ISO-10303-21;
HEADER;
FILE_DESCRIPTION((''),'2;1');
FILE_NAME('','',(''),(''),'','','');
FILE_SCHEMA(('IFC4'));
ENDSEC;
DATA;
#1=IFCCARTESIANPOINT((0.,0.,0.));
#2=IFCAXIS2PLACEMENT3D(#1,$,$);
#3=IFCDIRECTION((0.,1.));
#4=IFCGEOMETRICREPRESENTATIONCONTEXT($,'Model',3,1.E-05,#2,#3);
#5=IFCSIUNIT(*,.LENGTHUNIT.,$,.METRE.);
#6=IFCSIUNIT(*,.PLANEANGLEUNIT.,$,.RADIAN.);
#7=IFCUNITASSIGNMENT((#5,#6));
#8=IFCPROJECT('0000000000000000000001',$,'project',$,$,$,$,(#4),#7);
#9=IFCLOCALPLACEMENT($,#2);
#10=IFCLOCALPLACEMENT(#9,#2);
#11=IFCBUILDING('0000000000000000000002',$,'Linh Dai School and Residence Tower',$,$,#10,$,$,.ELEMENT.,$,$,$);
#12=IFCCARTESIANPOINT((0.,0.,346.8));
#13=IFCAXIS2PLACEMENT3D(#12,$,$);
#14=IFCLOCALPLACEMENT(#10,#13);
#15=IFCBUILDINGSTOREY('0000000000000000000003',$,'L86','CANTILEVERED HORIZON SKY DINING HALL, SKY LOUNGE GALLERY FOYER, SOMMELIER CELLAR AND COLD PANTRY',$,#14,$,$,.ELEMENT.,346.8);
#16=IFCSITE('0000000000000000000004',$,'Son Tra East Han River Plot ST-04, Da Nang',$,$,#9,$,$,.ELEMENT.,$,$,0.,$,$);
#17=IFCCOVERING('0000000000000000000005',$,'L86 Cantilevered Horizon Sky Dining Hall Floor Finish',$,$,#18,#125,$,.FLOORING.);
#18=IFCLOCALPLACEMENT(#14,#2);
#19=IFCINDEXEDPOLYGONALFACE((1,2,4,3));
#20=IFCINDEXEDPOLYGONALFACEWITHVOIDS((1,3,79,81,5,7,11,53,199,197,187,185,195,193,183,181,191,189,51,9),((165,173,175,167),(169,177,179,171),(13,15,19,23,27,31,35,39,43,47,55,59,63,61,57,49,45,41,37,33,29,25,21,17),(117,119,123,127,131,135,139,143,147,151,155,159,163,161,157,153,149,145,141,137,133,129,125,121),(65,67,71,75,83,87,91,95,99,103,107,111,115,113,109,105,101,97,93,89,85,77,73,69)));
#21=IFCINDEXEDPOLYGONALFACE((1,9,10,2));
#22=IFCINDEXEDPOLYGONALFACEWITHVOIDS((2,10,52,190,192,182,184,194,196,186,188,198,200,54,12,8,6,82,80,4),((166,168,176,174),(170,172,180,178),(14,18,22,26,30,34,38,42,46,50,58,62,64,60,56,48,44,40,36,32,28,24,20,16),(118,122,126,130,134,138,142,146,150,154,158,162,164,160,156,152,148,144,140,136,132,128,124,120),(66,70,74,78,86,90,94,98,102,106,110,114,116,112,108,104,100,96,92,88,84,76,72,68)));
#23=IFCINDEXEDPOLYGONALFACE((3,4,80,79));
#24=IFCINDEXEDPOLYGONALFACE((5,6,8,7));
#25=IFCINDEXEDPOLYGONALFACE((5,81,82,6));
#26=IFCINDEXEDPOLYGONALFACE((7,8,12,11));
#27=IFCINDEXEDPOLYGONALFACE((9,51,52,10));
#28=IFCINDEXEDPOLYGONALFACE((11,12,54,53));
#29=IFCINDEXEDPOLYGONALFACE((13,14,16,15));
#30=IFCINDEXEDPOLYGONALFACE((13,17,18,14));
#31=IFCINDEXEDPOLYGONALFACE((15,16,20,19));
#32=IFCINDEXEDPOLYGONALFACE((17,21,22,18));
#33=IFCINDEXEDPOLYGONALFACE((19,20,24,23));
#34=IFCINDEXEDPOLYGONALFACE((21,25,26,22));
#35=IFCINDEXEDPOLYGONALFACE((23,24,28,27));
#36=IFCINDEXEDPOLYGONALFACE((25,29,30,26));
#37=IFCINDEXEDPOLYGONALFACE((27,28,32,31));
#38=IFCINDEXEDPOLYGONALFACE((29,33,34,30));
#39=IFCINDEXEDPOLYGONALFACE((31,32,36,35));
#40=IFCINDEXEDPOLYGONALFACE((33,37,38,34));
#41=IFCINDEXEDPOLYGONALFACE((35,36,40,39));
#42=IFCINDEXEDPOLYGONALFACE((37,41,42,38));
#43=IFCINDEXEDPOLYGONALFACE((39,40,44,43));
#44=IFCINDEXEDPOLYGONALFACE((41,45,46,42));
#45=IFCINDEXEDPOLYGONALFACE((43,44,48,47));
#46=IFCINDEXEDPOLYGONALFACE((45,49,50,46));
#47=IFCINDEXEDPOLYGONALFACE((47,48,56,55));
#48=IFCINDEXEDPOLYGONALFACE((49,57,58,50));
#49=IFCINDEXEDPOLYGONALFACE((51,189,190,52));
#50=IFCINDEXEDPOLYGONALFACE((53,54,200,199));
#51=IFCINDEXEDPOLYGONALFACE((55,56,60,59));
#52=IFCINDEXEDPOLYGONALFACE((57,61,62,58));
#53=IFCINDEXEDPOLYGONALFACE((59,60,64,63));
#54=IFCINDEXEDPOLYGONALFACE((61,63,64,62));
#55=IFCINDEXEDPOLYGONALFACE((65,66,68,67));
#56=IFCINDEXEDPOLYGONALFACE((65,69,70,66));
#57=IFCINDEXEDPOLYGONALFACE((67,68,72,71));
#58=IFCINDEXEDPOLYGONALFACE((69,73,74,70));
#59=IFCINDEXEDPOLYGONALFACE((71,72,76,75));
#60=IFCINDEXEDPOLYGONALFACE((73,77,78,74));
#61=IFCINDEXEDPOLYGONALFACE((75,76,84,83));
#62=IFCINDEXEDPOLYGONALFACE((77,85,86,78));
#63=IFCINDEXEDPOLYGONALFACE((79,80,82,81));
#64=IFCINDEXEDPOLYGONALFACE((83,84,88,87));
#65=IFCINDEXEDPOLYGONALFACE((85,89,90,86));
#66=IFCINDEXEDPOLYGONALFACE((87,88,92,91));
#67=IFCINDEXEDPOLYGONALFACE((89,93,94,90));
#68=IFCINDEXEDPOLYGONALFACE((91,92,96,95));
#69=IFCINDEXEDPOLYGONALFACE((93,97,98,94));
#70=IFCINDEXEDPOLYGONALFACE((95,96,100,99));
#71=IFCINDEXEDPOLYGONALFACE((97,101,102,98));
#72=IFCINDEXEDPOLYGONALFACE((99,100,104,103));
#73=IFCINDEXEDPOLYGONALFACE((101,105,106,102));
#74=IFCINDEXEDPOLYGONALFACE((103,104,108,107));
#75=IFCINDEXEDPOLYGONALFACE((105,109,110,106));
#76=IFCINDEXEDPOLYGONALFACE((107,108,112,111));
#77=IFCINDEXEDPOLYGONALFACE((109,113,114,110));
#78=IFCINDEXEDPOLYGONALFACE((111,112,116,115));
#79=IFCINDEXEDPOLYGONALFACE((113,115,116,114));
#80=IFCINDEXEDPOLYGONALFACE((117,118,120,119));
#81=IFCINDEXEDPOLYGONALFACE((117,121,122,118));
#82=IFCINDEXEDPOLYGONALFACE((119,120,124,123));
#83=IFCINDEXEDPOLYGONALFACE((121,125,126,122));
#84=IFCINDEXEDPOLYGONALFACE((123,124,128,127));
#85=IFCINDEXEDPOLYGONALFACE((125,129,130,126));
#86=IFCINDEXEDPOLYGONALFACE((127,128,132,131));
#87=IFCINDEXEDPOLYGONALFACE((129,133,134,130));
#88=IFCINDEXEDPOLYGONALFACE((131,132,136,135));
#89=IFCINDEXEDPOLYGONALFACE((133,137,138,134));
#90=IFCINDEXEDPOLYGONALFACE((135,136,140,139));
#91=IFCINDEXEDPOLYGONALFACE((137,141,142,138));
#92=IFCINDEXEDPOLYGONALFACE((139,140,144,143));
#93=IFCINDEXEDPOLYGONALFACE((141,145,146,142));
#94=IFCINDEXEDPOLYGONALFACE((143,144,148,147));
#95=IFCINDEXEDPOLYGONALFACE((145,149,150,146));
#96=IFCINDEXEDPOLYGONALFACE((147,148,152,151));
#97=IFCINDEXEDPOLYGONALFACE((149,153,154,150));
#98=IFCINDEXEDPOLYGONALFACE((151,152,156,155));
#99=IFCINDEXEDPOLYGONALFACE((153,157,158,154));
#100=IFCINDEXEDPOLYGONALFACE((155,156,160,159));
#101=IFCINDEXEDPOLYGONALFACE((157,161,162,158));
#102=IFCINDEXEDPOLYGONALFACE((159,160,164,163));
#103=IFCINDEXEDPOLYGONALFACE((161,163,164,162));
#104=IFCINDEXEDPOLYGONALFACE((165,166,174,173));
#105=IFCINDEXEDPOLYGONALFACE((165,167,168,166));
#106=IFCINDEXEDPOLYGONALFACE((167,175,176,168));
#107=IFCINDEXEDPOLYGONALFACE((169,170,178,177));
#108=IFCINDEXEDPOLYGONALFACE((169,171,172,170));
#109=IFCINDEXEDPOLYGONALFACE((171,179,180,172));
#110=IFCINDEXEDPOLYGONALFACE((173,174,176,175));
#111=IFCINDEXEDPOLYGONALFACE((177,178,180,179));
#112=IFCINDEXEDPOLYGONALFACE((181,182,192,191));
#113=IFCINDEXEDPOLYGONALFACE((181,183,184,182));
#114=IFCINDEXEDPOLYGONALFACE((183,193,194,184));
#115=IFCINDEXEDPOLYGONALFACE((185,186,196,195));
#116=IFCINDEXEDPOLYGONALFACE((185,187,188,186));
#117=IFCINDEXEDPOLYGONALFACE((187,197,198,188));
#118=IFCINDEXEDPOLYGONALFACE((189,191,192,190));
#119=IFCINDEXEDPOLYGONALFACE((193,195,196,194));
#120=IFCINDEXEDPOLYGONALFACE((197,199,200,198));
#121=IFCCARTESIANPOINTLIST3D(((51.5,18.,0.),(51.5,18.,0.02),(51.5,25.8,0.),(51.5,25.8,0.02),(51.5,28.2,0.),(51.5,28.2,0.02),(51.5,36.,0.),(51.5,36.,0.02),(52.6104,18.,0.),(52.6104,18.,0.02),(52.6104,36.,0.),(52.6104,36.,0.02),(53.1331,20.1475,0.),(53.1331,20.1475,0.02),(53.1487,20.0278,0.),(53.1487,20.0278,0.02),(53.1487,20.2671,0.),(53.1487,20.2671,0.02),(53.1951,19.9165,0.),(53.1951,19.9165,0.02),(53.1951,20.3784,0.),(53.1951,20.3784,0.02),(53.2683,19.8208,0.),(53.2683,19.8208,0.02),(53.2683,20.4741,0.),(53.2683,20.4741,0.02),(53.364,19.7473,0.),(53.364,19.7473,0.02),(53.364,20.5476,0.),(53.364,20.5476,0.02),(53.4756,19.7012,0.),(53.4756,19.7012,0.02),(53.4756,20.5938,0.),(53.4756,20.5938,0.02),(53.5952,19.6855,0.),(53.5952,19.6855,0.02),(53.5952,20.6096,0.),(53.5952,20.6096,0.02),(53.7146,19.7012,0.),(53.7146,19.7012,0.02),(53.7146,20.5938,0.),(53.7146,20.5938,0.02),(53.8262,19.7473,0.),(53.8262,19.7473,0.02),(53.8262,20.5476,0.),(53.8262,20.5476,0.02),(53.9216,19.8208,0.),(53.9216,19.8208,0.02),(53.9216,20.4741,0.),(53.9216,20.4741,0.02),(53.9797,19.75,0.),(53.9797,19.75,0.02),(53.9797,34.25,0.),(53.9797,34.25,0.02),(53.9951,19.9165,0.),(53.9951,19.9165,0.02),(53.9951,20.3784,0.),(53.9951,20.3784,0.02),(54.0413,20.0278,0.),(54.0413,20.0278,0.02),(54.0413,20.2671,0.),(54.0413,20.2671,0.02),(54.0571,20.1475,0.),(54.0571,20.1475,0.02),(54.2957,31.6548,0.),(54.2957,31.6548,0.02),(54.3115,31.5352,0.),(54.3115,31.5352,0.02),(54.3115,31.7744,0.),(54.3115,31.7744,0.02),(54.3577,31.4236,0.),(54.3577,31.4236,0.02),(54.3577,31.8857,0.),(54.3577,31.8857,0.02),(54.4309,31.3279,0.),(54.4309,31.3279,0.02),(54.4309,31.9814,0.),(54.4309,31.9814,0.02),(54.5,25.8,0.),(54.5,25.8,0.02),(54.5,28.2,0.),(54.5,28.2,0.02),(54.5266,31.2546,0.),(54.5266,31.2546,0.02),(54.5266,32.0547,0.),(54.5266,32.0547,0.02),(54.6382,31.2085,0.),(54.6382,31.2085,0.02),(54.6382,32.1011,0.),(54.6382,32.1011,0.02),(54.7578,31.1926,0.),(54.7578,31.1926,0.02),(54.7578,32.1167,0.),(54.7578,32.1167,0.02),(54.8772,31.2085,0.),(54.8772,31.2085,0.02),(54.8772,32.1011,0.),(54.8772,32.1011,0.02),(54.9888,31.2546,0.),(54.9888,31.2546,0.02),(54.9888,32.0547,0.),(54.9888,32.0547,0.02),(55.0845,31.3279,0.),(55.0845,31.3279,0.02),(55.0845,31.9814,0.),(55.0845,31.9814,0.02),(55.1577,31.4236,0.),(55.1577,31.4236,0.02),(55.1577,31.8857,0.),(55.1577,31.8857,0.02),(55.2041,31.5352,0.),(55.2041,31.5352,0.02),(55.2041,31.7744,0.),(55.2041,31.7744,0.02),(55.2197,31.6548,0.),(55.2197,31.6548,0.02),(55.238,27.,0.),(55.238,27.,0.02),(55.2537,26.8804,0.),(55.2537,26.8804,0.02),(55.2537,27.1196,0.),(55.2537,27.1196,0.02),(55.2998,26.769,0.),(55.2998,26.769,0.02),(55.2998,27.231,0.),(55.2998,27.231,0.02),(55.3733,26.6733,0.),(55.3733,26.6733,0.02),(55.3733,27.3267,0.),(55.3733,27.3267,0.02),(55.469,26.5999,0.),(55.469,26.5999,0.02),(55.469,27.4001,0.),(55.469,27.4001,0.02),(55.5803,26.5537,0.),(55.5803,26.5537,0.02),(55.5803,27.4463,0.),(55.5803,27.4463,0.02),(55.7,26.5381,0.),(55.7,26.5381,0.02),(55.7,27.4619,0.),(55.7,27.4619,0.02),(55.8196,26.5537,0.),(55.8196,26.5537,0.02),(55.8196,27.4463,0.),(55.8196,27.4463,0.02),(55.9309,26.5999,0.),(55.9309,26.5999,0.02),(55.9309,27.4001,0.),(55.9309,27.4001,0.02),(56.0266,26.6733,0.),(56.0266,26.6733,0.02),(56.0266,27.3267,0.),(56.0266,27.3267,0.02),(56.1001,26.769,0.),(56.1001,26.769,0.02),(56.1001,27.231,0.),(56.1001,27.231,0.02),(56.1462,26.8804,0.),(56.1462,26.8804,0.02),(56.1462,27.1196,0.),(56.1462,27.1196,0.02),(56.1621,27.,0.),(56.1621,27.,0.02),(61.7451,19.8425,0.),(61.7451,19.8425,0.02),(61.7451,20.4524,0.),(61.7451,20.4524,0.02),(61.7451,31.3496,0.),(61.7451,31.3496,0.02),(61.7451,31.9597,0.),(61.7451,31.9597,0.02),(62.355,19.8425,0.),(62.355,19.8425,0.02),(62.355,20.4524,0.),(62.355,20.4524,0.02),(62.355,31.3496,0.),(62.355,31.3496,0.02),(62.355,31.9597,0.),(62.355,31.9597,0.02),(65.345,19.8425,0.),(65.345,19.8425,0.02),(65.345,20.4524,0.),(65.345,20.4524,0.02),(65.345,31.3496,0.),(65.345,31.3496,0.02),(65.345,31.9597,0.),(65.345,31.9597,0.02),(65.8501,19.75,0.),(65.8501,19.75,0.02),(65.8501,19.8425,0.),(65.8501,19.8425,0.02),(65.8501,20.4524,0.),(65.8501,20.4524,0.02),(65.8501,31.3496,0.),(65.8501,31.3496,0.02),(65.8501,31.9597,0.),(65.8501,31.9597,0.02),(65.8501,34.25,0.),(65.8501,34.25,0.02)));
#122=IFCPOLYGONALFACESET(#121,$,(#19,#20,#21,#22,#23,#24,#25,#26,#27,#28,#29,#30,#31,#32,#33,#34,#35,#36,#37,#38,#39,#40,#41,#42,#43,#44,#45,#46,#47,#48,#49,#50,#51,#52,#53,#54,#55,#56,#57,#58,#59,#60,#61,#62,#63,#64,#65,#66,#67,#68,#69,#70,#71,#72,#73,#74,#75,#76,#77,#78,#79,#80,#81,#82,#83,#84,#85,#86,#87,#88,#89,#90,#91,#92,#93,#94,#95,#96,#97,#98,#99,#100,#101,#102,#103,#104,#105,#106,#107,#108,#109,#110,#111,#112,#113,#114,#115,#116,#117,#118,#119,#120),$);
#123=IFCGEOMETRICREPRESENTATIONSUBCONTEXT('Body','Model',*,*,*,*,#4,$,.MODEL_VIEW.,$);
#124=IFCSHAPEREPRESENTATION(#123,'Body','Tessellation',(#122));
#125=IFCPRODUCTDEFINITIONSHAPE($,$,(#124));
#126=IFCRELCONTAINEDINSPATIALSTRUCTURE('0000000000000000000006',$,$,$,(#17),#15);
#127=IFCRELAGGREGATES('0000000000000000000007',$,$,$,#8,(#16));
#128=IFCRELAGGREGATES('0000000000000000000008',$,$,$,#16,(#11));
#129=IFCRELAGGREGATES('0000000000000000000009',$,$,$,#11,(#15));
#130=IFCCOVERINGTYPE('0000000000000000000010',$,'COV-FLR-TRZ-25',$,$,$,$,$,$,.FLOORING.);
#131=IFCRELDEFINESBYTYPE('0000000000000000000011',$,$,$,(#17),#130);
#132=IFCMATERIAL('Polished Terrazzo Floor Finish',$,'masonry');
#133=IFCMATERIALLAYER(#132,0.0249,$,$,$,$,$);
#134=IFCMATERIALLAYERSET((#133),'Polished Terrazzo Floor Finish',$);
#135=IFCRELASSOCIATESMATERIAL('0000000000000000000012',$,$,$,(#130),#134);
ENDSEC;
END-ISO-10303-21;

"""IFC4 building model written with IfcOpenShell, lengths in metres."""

from ifc_helpers import new_model, si_unit, direction, frame, origin, place, context, subcontext, project, spatial, polyline, outline, extrude, material, layer, layer_set, type_object, element, save


model = new_model("IFC4")

# Units and contexts
model_context = context("Model", 3, precision=1e-05, world=origin(), true_north=direction((0.0, 1.0)))
body_context = subcontext(model_context, "Body", "Model", "MODEL_VIEW")
ifc_project = project(units=[si_unit("LENGTHUNIT", "METRE"), si_unit("PLANEANGLEUNIT", "RADIAN")], contexts=[model_context])

# Site, building, storey
site_placement = place(None, origin())
site = spatial("IfcSite", under=ifc_project, at=site_placement, Name="Son Tra East Han River Plot ST-04, Da Nang", CompositionType="ELEMENT", RefElevation=0.0)
building_placement = place(site_placement, origin())
building = spatial("IfcBuilding", under=site, at=building_placement, Name="Linh Dai School and Residence Tower", CompositionType="ELEMENT")
storey_placement = place(building_placement, frame((0.0, 0.0, 346.8)))
storey = spatial("IfcBuildingStorey", under=building, at=storey_placement, Name="L86", Description="CANTILEVERED HORIZON SKY DINING HALL, SKY LOUNGE GALLERY FOYER, SOMMELIER CELLAR AND COLD PANTRY", CompositionType="ELEMENT", Elevation=346.8)

# Covering
ifc_material_1 = material(Name="Polished Terrazzo Floor Finish", Category="masonry")
ifc_layer_1 = layer(ifc_material_1, 0.0249)
ifc_layer_set_1 = layer_set([ifc_layer_1], Name="Polished Terrazzo Floor Finish")
covering_type_1 = type_object("IfcCoveringType", Name="COV-FLR-TRZ-25", PredefinedType="FLOORING", material=ifc_layer_set_1)
covering_1_placement = place(storey_placement, origin())
element("IfcCovering", 1, at=covering_1_placement, inside=storey, type_object=covering_type_1, Name="L86 Cantilevered Horizon Sky Dining Hall Floor Finish", PredefinedType="FLOORING", context=body_context, shape_type="SweptSolid", body=[
    extrude(outline(polyline([(65.8501, 34.25), (65.8501, 31.9597), (65.345, 31.9597), (65.345, 31.3496), (65.8501, 31.3496), (65.8501, 20.4524), (65.345, 20.4524), (65.345, 19.8425), (65.8501, 19.8425), (65.8501, 19.75), (53.9797, 19.75), (52.6104, 18.0), (51.5, 18.0), (51.5, 25.8), (54.5, 25.8), (54.5, 28.2), (51.5, 28.2), (51.5, 36.0), (52.6104, 36.0), (53.9797, 34.25), (65.8501, 34.25)]), holes=[polyline([(61.7451, 20.4524), (61.7451, 19.8425), (62.355, 19.8425), (62.355, 20.4524), (61.7451, 20.4524)]), polyline([(61.7451, 31.9597), (61.7451, 31.3496), (62.355, 31.3496), (62.355, 31.9597), (61.7451, 31.9597)]), polyline([(56.1001, 26.769), (56.1462, 26.8804), (56.1621, 27.0), (56.1462, 27.1196), (56.1001, 27.231), (56.0266, 27.3267), (55.9309, 27.4001), (55.8196, 27.4463), (55.7, 27.4619), (55.5803, 27.4463), (55.469, 27.4001), (55.3733, 27.3267), (55.2998, 27.231), (55.2537, 27.1196), (55.238, 27.0), (55.2537, 26.8804), (55.2998, 26.769), (55.3733, 26.6733), (55.469, 26.5999), (55.5803, 26.5537), (55.7, 26.5381), (55.8196, 26.5537), (55.9309, 26.5999), (56.0266, 26.6733), (56.1001, 26.769)]), polyline([(55.1577, 31.4236), (55.2041, 31.5352), (55.2197, 31.6548), (55.2041, 31.7744), (55.1577, 31.8857), (55.0845, 31.9814), (54.9888, 32.0547), (54.8772, 32.1011), (54.7578, 32.1167), (54.6382, 32.1011), (54.5266, 32.0547), (54.4309, 31.9814), (54.3577, 31.8857), (54.3115, 31.7744), (54.2957, 31.6548), (54.3115, 31.5352), (54.3577, 31.4236), (54.4309, 31.3279), (54.5266, 31.2546), (54.6382, 31.2085), (54.7578, 31.1926), (54.8772, 31.2085), (54.9888, 31.2546), (55.0845, 31.3279), (55.1577, 31.4236)]), polyline([(54.0413, 20.0278), (54.0571, 20.1475), (54.0413, 20.2671), (53.9951, 20.3784), (53.9216, 20.4741), (53.8262, 20.5476), (53.7146, 20.5938), (53.5952, 20.6096), (53.4756, 20.5938), (53.364, 20.5476), (53.2683, 20.4741), (53.1951, 20.3784), (53.1487, 20.2671), (53.1331, 20.1475), (53.1487, 20.0278), (53.1951, 19.9165), (53.2683, 19.8208), (53.364, 19.7473), (53.4756, 19.7012), (53.5952, 19.6855), (53.7146, 19.7012), (53.8262, 19.7473), (53.9216, 19.8208), (53.9951, 19.9165), (54.0413, 20.0278)])]), origin(), (0.0, 0.0, 1.0), 0.02),
])

save(model, "model.ifc")
